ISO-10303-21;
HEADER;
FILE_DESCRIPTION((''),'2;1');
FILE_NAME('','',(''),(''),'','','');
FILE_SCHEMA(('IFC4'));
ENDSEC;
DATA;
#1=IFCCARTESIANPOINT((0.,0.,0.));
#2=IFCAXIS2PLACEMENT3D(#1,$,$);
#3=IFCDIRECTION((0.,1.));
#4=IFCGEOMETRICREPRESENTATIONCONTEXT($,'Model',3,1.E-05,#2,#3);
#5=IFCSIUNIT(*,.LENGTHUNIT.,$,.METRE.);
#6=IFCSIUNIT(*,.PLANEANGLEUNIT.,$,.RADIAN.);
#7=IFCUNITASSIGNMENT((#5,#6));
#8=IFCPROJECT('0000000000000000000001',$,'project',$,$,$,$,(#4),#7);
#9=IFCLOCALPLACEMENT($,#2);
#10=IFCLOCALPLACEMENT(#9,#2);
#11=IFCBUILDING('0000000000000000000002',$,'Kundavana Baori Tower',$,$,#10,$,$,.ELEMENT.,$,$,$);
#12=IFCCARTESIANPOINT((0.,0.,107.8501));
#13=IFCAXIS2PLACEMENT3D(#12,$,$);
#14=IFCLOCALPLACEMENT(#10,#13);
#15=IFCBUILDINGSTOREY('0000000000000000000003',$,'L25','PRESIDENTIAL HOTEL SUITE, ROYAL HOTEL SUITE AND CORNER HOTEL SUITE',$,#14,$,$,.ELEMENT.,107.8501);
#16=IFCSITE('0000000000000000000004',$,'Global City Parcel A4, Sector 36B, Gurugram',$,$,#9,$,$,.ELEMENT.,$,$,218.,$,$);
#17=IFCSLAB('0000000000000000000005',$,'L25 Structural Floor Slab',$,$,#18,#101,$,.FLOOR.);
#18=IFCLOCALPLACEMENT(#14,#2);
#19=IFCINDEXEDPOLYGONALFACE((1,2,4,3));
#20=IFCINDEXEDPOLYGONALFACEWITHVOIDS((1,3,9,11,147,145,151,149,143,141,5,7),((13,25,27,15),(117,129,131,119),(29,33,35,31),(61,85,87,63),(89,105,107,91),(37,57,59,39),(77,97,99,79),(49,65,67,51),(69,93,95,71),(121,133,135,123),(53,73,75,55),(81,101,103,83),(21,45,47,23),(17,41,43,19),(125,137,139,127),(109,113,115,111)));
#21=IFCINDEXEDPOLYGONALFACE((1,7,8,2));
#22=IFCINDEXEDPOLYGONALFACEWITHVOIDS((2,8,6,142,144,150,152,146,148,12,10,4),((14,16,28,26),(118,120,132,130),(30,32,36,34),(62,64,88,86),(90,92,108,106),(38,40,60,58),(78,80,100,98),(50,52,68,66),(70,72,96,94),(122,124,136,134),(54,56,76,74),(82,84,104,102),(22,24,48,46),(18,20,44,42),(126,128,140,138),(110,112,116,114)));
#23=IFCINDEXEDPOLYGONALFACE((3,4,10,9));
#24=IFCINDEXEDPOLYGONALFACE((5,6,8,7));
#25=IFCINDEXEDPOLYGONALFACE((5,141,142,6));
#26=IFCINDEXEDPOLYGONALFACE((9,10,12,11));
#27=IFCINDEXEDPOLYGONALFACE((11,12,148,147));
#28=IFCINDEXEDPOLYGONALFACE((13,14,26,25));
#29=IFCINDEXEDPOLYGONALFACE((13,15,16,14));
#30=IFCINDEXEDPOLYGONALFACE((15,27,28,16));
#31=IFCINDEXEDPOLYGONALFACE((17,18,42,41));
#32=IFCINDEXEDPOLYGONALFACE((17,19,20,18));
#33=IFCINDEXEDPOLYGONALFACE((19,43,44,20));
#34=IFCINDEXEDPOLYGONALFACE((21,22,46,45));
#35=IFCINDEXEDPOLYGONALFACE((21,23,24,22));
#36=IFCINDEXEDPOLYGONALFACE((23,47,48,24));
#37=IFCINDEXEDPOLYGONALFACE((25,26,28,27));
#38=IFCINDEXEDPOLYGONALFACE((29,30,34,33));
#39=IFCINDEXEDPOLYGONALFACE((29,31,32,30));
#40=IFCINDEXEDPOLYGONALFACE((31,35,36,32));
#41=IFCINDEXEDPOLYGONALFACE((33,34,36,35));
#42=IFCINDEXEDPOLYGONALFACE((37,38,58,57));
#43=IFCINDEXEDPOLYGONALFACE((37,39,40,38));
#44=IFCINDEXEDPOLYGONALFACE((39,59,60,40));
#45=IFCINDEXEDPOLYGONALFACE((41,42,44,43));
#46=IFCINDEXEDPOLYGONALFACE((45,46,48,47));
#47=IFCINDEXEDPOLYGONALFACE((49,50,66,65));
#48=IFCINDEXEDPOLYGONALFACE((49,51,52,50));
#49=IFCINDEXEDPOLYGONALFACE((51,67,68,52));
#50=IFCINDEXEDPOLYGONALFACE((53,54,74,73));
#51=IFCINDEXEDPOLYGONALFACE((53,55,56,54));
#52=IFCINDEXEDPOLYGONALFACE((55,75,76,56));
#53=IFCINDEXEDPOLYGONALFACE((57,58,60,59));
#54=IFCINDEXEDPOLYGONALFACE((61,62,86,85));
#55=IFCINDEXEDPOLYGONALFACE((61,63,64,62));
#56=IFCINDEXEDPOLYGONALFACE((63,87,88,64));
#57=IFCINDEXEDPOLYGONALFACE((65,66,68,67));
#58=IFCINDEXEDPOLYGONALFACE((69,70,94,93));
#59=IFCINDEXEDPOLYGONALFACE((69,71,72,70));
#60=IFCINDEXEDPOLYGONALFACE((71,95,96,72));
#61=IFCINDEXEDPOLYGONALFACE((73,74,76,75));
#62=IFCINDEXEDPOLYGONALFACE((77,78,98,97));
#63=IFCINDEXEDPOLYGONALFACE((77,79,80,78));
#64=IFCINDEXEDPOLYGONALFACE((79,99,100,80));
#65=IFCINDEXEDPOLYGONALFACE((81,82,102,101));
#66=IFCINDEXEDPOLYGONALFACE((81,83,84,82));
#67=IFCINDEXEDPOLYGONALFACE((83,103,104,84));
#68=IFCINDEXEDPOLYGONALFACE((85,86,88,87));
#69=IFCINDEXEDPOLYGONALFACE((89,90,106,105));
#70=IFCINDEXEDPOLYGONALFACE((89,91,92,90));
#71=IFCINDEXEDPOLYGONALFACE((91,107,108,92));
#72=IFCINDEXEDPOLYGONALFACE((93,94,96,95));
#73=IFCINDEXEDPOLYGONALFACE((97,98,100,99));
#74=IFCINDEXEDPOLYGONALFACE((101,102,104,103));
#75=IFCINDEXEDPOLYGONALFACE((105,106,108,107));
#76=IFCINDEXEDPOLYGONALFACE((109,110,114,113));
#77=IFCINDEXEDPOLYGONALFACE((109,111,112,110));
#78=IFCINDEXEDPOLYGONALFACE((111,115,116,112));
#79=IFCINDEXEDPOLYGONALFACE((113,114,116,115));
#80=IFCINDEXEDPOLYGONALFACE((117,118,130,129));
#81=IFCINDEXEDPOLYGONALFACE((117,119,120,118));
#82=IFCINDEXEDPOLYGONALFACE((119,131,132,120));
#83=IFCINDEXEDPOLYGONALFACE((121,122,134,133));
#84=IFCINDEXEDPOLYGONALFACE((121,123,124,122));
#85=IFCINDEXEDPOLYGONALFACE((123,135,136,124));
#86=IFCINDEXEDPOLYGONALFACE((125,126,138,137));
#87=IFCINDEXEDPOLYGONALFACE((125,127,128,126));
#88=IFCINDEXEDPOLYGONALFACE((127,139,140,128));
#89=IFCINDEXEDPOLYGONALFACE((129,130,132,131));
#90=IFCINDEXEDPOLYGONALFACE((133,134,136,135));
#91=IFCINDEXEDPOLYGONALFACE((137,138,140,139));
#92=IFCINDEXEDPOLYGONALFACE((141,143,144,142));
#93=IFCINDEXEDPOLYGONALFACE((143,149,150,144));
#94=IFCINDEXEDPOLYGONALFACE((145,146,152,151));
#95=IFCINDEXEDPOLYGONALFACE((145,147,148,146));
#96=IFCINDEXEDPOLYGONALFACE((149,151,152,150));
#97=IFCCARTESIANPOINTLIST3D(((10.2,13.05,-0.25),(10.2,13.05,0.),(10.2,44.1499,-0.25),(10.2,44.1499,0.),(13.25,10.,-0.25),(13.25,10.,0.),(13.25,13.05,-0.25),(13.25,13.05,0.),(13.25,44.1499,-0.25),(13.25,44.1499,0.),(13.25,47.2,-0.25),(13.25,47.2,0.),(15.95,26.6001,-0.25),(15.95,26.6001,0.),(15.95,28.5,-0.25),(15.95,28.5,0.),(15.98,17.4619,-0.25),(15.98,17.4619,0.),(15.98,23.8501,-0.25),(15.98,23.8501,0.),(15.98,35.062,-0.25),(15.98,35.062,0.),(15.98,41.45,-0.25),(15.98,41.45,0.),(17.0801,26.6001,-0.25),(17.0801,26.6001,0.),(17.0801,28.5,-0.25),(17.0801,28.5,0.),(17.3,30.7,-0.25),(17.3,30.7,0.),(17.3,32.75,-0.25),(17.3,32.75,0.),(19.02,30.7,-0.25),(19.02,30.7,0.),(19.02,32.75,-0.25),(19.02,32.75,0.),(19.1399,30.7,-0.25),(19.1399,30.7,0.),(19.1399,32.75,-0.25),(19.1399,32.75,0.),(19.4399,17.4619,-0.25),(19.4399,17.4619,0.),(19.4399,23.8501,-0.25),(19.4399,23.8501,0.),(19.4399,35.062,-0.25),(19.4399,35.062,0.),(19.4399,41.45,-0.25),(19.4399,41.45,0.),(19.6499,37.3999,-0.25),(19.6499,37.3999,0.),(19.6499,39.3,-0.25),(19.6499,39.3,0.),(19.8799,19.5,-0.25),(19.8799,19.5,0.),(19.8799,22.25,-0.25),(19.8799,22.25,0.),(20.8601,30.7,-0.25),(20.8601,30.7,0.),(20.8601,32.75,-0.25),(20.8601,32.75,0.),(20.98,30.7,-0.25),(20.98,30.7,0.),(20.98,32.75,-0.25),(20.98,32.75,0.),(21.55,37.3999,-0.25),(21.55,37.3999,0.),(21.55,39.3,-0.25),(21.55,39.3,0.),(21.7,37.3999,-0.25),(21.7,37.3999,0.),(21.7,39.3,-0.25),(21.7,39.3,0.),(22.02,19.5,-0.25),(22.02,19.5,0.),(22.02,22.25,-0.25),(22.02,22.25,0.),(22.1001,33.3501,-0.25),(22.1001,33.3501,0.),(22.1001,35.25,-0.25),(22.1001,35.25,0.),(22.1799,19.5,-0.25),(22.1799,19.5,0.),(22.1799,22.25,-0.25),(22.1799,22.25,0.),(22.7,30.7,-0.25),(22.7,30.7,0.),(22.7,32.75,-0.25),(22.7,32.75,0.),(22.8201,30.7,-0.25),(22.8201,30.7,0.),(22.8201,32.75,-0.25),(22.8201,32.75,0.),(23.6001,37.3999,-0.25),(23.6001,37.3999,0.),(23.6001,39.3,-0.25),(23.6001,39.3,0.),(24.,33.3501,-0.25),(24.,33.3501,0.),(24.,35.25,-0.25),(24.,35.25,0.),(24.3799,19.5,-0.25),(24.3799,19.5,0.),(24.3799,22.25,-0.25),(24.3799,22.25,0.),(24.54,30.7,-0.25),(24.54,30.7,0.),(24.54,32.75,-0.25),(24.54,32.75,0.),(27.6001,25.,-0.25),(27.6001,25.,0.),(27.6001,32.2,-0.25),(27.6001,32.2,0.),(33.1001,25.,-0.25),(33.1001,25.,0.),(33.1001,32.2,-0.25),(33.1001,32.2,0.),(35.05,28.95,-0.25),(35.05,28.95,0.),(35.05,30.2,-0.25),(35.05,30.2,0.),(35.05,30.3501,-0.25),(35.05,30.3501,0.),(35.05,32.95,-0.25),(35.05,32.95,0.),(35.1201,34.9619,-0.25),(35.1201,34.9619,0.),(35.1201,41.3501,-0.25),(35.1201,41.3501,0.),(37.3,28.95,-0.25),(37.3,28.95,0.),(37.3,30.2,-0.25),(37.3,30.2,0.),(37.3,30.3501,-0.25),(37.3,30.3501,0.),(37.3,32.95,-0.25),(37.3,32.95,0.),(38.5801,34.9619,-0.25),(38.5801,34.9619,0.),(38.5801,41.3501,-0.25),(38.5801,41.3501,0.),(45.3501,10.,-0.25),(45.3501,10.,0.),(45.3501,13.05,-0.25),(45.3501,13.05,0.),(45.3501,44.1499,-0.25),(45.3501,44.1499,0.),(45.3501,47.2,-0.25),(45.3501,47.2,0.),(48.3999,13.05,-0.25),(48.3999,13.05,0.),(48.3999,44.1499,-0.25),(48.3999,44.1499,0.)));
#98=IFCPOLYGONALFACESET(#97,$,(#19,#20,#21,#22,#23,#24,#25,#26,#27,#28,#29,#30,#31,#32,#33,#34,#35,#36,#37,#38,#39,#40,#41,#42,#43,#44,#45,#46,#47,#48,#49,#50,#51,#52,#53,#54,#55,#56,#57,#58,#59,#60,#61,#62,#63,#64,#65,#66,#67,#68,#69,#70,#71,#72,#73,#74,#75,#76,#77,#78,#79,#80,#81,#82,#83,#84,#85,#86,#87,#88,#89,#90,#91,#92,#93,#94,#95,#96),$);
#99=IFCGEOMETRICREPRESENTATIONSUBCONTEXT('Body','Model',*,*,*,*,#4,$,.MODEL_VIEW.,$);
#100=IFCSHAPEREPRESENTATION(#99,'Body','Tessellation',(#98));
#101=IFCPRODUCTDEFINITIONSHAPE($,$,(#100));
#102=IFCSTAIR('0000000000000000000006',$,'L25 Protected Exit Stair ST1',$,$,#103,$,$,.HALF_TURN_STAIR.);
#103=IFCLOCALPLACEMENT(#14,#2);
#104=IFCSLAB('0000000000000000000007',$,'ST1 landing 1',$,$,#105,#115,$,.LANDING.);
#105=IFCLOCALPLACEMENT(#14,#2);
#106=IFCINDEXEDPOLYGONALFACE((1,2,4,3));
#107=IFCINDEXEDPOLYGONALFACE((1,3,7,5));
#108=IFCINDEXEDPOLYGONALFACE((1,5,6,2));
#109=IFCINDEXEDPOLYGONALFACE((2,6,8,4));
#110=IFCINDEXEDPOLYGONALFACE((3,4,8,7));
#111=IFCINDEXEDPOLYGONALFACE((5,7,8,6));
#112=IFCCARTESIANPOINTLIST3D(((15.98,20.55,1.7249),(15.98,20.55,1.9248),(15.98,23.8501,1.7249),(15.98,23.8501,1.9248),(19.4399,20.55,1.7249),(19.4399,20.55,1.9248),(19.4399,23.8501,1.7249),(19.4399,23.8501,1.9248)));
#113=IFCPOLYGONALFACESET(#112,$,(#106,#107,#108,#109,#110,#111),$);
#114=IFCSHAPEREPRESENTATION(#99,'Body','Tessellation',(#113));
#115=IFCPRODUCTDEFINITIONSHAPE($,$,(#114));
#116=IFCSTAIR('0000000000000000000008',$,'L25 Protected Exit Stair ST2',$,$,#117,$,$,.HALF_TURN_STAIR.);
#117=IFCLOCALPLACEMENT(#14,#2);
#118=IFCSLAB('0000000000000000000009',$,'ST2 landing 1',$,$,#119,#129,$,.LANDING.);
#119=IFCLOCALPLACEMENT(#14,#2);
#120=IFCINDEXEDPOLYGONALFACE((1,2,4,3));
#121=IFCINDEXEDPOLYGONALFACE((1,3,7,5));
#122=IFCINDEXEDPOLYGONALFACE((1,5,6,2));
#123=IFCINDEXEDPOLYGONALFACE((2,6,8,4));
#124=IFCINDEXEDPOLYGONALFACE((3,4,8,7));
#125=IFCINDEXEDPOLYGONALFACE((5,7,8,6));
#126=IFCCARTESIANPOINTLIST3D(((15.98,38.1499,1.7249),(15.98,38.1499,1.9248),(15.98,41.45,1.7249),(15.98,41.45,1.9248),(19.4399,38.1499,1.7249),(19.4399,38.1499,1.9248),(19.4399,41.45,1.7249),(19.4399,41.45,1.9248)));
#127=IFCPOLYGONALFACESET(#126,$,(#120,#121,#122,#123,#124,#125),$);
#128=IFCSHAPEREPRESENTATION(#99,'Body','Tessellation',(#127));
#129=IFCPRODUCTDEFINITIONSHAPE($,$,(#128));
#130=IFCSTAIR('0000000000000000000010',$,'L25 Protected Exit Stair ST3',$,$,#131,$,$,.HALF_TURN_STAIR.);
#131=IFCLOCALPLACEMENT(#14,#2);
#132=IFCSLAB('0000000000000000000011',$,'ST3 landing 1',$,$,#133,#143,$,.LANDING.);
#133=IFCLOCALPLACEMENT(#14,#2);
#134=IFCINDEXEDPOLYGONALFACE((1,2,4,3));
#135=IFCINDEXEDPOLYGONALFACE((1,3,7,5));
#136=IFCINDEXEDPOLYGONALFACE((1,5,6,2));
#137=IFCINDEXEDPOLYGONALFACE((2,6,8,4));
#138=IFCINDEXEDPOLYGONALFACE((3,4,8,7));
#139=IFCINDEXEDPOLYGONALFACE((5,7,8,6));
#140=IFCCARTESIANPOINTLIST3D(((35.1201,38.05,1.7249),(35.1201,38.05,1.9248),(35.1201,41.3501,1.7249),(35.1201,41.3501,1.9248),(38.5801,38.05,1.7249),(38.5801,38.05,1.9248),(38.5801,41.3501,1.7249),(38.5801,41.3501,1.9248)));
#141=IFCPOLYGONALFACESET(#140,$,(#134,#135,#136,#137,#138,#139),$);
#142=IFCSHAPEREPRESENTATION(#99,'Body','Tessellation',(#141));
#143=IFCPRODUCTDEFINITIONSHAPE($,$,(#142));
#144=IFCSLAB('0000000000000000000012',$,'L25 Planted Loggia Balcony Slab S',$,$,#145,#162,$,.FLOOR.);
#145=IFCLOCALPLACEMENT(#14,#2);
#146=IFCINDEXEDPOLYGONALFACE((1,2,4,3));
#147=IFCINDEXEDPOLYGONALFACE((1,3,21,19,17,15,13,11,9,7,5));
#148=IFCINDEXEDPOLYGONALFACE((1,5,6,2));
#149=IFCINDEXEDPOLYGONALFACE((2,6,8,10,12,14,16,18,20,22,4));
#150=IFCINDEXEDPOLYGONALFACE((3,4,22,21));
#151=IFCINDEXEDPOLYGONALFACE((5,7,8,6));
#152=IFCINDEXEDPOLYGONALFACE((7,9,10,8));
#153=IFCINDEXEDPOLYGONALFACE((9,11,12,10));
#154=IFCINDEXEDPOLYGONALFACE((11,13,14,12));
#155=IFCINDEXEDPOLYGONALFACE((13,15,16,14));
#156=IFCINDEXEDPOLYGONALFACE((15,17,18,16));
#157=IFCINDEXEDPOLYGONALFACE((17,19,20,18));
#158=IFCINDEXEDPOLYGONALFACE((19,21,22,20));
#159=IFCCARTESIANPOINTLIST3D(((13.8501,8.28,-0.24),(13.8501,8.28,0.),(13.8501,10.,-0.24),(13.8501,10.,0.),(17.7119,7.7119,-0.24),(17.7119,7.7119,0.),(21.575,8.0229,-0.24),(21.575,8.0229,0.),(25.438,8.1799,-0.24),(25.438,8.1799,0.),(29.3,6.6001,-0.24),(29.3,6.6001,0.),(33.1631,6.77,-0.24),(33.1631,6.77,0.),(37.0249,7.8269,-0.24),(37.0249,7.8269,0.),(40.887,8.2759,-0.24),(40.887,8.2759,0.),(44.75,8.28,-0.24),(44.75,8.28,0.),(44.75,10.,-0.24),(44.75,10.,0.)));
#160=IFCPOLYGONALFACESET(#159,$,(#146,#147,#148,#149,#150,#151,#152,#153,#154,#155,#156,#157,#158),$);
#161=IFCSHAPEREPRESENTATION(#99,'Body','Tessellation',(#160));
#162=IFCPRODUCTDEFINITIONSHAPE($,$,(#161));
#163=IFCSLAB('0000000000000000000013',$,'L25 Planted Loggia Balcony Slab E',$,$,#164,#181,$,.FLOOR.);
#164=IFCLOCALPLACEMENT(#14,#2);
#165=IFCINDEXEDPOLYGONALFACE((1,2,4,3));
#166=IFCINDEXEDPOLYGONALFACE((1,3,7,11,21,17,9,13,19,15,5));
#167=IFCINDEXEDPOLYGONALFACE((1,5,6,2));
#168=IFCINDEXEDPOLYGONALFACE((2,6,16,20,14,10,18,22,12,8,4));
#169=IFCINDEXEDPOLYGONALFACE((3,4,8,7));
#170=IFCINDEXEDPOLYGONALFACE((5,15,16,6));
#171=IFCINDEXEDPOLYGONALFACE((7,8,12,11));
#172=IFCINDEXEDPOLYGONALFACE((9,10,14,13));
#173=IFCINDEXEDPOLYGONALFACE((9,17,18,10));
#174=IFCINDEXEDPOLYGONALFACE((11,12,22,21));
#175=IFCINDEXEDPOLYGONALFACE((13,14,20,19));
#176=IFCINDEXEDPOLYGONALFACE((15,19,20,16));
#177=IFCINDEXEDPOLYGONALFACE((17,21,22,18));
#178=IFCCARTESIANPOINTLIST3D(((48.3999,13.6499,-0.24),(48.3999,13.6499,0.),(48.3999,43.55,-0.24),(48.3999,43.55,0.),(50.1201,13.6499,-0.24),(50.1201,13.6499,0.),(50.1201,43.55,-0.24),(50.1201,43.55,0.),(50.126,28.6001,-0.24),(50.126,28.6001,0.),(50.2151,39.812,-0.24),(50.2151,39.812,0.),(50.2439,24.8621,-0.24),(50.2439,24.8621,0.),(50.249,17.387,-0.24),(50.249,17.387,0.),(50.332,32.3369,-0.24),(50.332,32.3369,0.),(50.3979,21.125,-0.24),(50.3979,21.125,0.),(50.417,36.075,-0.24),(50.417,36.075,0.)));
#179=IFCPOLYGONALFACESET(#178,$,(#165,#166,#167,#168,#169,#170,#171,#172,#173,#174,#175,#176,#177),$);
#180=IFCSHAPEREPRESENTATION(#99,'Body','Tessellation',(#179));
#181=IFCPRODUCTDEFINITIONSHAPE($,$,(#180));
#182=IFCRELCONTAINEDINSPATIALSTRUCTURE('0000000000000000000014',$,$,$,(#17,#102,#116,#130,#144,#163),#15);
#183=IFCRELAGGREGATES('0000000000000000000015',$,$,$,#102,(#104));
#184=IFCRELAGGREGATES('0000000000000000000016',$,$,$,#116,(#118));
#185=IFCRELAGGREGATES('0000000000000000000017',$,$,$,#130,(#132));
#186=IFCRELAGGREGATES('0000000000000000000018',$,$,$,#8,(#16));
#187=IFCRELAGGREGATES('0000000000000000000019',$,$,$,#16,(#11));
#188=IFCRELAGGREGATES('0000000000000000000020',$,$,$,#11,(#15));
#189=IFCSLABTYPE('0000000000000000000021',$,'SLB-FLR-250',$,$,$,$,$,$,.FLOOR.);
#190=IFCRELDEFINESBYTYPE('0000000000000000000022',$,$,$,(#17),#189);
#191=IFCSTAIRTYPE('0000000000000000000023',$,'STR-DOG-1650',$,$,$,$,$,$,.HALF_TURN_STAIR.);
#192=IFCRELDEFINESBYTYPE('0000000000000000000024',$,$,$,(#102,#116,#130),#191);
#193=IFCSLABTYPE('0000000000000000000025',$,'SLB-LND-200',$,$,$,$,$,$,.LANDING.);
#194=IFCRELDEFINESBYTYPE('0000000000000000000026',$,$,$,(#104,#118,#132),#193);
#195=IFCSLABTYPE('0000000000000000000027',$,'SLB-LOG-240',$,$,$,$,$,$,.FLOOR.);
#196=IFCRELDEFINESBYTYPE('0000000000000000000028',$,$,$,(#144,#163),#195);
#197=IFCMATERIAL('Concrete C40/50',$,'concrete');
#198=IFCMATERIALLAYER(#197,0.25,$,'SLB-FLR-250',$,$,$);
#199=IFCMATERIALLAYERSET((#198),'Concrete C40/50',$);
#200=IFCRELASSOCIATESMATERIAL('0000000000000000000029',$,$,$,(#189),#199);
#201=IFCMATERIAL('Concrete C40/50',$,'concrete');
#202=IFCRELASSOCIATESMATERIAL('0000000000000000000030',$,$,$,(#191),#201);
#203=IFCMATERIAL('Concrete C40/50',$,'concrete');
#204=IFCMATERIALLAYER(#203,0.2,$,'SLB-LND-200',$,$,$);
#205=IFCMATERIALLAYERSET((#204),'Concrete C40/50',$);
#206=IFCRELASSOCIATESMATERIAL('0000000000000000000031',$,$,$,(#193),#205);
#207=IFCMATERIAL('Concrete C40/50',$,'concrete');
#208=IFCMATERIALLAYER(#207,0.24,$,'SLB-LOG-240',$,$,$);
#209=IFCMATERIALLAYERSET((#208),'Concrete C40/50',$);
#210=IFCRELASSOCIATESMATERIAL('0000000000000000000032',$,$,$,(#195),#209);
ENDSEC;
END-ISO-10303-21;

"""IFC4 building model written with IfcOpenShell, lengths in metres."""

from ifc_helpers import new_model, si_unit, direction, frame, origin, place, context, subcontext, project, spatial, polyline, outline, extrude, material, layer, layer_set, type_object, element, aggregate, save


model = new_model("IFC4")

# Units and contexts
model_context = context("Model", 3, precision=1e-05, world=origin(), true_north=direction((0.0, 1.0)))
body_context = subcontext(model_context, "Body", "Model", "MODEL_VIEW")
ifc_project = project(units=[si_unit("LENGTHUNIT", "METRE"), si_unit("PLANEANGLEUNIT", "RADIAN")], contexts=[model_context])

# Site, building, storey
site_placement = place(None, origin())
site = spatial("IfcSite", under=ifc_project, at=site_placement, Name="Global City Parcel A4, Sector 36B, Gurugram", CompositionType="ELEMENT", RefElevation=218.0)
building_placement = place(site_placement, origin())
building = spatial("IfcBuilding", under=site, at=building_placement, Name="Kundavana Baori Tower", CompositionType="ELEMENT")
storey_placement = place(building_placement, frame((0.0, 0.0, 107.8501)))
storey = spatial("IfcBuildingStorey", under=building, at=storey_placement, Name="L25", Description="PRESIDENTIAL HOTEL SUITE, ROYAL HOTEL SUITE AND CORNER HOTEL SUITE", CompositionType="ELEMENT", Elevation=107.8501)

# Slab
ifc_material_1 = material(Name="Concrete C40/50", Category="concrete")
ifc_layer_1 = layer(ifc_material_1, 0.25, Name="SLB-FLR-250")
ifc_layer_set_1 = layer_set([ifc_layer_1], Name="Concrete C40/50")
slab_type_1 = type_object("IfcSlabType", Name="SLB-FLR-250", PredefinedType="FLOOR", material=ifc_layer_set_1)
slab_1_placement = place(storey_placement, frame((0.0, 0.0, -0.25)))
element("IfcSlab", 1, at=slab_1_placement, inside=storey, type_object=slab_type_1, Name="L25 Structural Floor Slab", PredefinedType="FLOOR", context=body_context, shape_type="SweptSolid", body=[
    extrude(outline(polyline([(13.25, 10.0), (45.3501, 10.0), (45.3501, 13.05), (48.3999, 13.05), (48.3999, 44.1499), (45.3501, 44.1499), (45.3501, 47.2), (13.25, 47.2), (13.25, 44.1499), (10.2, 44.1499), (10.2, 13.05), (13.25, 13.05), (13.25, 10.0)]), holes=[polyline([(19.4399, 17.4619), (19.4399, 23.8501), (15.98, 23.8501), (15.98, 17.4619), (19.4399, 17.4619)]), polyline([(19.4399, 35.062), (19.4399, 41.45), (15.98, 41.45), (15.98, 35.062), (19.4399, 35.062)]), polyline([(38.5801, 34.9619), (38.5801, 41.3501), (35.1201, 41.3501), (35.1201, 34.9619), (38.5801, 34.9619)]), polyline([(17.3, 30.7), (19.02, 30.7), (19.02, 32.75), (17.3, 32.75), (17.3, 30.7)]), polyline([(19.1399, 30.7), (20.8601, 30.7), (20.8601, 32.75), (19.1399, 32.75), (19.1399, 30.7)]), polyline([(20.98, 30.7), (22.7, 30.7), (22.7, 32.75), (20.98, 32.75), (20.98, 30.7)]), polyline([(22.8201, 30.7), (24.54, 30.7), (24.54, 32.75), (22.8201, 32.75), (22.8201, 30.7)]), polyline([(19.6499, 37.3999), (21.55, 37.3999), (21.55, 39.3), (19.6499, 39.3), (19.6499, 37.3999)]), polyline([(21.7, 37.3999), (23.6001, 37.3999), (23.6001, 39.3), (21.7, 39.3), (21.7, 37.3999)]), polyline([(22.1001, 33.3501), (24.0, 33.3501), (24.0, 35.25), (22.1001, 35.25), (22.1001, 33.3501)]), polyline([(19.8799, 19.5), (22.02, 19.5), (22.02, 22.25), (19.8799, 22.25), (19.8799, 19.5)]), polyline([(22.1799, 19.5), (24.3799, 19.5), (24.3799, 22.25), (22.1799, 22.25), (22.1799, 19.5)]), polyline([(35.05, 30.3501), (37.3, 30.3501), (37.3, 32.95), (35.05, 32.95), (35.05, 30.3501)]), polyline([(15.95, 26.6001), (17.0801, 26.6001), (17.0801, 28.5), (15.95, 28.5), (15.95, 26.6001)]), polyline([(35.05, 28.95), (37.3, 28.95), (37.3, 30.2), (35.05, 30.2), (35.05, 28.95)]), polyline([(27.6001, 25.0), (33.1001, 25.0), (33.1001, 32.2), (27.6001, 32.2), (27.6001, 25.0)])]), origin(), (0.0, 0.0, 1.0), 0.25),
])

# Stairs, slabs
ifc_material_2 = material(Name="Concrete C40/50", Category="concrete")
stair_type = type_object("IfcStairType", Name="STR-DOG-1650", PredefinedType="HALF_TURN_STAIR", material=ifc_material_2)
stair_1_placement = place(storey_placement, origin())
stair_1 = element("IfcStair", 2, at=stair_1_placement, inside=storey, type_object=stair_type, Name="L25 Protected Exit Stair ST1", PredefinedType="HALF_TURN_STAIR")
ifc_material_3 = material(Name="Concrete C40/50", Category="concrete")
ifc_layer_2 = layer(ifc_material_3, 0.2, Name="SLB-LND-200")
ifc_layer_set_2 = layer_set([ifc_layer_2], Name="Concrete C40/50")
slab_type_2 = type_object("IfcSlabType", Name="SLB-LND-200", PredefinedType="LANDING", material=ifc_layer_set_2)
slab_2_placement = place(storey_placement, frame((0.0, 0.0, 1.7249)))
slab_2 = element("IfcSlab", 3, at=slab_2_placement, type_object=slab_type_2, Name="ST1 landing 1", PredefinedType="LANDING", context=body_context, shape_type="SweptSolid", body=[
    extrude(outline(polyline([(19.4399, 20.55), (19.4399, 23.8501), (15.98, 23.8501), (15.98, 20.55), (19.4399, 20.55)])), origin(), (0.0, 0.0, 1.0), 0.2),
])
aggregate(stair_1, [slab_2])
stair_2_placement = place(storey_placement, origin())
stair_2 = element("IfcStair", 4, at=stair_2_placement, inside=storey, type_object=stair_type, Name="L25 Protected Exit Stair ST2", PredefinedType="HALF_TURN_STAIR")
slab_3_placement = place(storey_placement, frame((0.0, 0.0, 1.7249)))
slab_3 = element("IfcSlab", 5, at=slab_3_placement, type_object=slab_type_2, Name="ST2 landing 1", PredefinedType="LANDING", context=body_context, shape_type="SweptSolid", body=[
    extrude(outline(polyline([(19.4399, 38.1499), (19.4399, 41.45), (15.98, 41.45), (15.98, 38.1499), (19.4399, 38.1499)])), origin(), (0.0, 0.0, 1.0), 0.2),
])
aggregate(stair_2, [slab_3])
stair_3_placement = place(storey_placement, origin())
stair_3 = element("IfcStair", 6, at=stair_3_placement, inside=storey, type_object=stair_type, Name="L25 Protected Exit Stair ST3", PredefinedType="HALF_TURN_STAIR")
slab_4_placement = place(storey_placement, frame((0.0, 0.0, 1.7249)))
slab_4 = element("IfcSlab", 7, at=slab_4_placement, type_object=slab_type_2, Name="ST3 landing 1", PredefinedType="LANDING", context=body_context, shape_type="SweptSolid", body=[
    extrude(outline(polyline([(38.5801, 38.05), (38.5801, 41.3501), (35.1201, 41.3501), (35.1201, 38.05), (38.5801, 38.05)])), origin(), (0.0, 0.0, 1.0), 0.2),
])
aggregate(stair_3, [slab_4])

# Slabs
ifc_material_4 = material(Name="Concrete C40/50", Category="concrete")
ifc_layer_3 = layer(ifc_material_4, 0.24, Name="SLB-LOG-240")
ifc_layer_set_3 = layer_set([ifc_layer_3], Name="Concrete C40/50")
slab_type_3 = type_object("IfcSlabType", Name="SLB-LOG-240", PredefinedType="FLOOR", material=ifc_layer_set_3)
slab_5_placement = place(storey_placement, frame((0.0, 0.0, -0.24)))
element("IfcSlab", 8, at=slab_5_placement, inside=storey, type_object=slab_type_3, Name="L25 Planted Loggia Balcony Slab S", PredefinedType="FLOOR", context=body_context, shape_type="SweptSolid", body=[
    extrude(outline(polyline([(13.8501, 10.0), (44.75, 10.0), (44.75, 8.28), (40.887, 8.2759), (37.0249, 7.8269), (33.1631, 6.77), (29.3, 6.6001), (25.438, 8.1799), (21.575, 8.0229), (17.7119, 7.7119), (13.8501, 8.28), (13.8501, 10.0)])), origin(), (0.0, 0.0, 1.0), 0.24),
])
slab_6_placement = place(storey_placement, frame((0.0, 0.0, -0.24)))
element("IfcSlab", 9, at=slab_6_placement, inside=storey, type_object=slab_type_3, Name="L25 Planted Loggia Balcony Slab E", PredefinedType="FLOOR", context=body_context, shape_type="SweptSolid", body=[
    extrude(outline(polyline([(48.3999, 13.6499), (48.3999, 43.55), (50.1201, 43.55), (50.2151, 39.812), (50.417, 36.075), (50.332, 32.3369), (50.126, 28.6001), (50.2439, 24.8621), (50.3979, 21.125), (50.249, 17.387), (50.1201, 13.6499), (48.3999, 13.6499)])), origin(), (0.0, 0.0, 1.0), 0.24),
])

save(model, "model.ifc")
